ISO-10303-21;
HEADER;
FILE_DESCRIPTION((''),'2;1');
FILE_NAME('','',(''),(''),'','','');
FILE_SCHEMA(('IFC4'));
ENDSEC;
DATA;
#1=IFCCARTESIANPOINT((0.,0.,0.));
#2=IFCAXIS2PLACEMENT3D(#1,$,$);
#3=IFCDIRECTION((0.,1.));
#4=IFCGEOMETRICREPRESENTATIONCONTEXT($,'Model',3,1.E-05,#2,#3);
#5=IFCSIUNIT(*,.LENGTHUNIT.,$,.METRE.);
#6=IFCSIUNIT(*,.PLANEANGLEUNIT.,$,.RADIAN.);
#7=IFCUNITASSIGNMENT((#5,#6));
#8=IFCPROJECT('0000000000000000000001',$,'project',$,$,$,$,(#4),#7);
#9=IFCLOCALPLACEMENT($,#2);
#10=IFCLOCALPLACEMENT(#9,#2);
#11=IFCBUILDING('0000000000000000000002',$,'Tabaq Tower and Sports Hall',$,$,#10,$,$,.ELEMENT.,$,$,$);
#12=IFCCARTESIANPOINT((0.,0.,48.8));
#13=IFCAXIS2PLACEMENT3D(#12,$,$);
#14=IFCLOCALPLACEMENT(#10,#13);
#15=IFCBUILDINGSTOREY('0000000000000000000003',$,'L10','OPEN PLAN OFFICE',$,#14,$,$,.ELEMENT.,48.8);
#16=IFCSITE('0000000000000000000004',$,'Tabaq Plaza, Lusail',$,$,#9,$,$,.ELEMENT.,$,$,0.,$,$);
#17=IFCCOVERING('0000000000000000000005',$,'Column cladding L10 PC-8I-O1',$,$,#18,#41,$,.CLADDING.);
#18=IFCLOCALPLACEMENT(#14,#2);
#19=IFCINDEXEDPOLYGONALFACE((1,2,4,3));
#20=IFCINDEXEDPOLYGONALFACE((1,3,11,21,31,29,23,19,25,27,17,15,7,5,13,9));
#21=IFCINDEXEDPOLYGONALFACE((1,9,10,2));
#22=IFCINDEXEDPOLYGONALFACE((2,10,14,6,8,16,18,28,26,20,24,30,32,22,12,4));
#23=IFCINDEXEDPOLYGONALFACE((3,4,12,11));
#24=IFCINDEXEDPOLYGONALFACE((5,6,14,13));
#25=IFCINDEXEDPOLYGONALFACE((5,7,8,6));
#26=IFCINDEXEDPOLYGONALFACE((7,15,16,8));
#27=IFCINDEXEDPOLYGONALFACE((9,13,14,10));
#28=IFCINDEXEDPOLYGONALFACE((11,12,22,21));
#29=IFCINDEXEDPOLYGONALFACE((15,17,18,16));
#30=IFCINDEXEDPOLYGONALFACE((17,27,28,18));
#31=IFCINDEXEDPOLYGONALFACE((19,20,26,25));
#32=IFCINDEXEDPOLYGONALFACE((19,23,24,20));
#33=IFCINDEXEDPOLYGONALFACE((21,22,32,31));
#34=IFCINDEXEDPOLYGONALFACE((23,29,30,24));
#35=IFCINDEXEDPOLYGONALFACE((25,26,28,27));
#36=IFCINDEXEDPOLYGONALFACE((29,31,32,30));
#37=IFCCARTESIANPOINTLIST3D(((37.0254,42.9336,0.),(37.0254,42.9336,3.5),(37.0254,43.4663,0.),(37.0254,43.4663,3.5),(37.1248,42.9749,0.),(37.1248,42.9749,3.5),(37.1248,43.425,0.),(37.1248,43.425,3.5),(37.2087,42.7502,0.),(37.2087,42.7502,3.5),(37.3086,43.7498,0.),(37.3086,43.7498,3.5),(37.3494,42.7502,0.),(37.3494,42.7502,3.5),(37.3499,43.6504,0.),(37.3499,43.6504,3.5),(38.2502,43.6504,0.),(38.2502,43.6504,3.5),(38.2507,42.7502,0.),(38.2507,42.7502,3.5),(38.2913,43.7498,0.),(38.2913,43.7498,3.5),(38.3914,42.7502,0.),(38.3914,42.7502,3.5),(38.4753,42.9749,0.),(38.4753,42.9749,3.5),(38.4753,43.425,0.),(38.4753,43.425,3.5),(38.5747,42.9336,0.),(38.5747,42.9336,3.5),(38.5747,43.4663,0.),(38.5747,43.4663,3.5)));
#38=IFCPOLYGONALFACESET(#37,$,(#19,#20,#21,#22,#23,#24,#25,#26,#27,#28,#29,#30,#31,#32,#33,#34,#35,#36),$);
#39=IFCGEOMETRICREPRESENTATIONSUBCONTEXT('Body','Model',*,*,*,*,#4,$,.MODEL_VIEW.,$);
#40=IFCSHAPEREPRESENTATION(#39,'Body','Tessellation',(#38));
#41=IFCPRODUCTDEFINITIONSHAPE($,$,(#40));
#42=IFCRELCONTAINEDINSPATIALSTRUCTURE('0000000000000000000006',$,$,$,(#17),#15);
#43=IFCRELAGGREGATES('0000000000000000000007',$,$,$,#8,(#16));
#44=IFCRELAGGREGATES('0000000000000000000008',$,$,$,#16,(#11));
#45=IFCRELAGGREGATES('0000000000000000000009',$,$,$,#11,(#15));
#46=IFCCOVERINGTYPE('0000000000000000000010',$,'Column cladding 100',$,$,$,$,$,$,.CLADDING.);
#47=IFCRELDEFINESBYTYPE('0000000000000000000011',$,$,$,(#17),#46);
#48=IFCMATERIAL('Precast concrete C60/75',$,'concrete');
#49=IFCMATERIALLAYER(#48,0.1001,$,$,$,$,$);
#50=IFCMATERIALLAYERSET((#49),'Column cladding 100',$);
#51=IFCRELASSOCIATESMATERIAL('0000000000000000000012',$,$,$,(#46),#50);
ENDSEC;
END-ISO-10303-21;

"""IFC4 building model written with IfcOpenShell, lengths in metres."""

from ifc_helpers import new_model, si_unit, direction, frame, origin, place, context, subcontext, project, spatial, polyline, outline, extrude, material, layer, layer_set, type_object, element, save


model = new_model("IFC4")

# Units and contexts
model_context = context("Model", 3, precision=1e-05, world=origin(), true_north=direction((0.0, 1.0)))
body_context = subcontext(model_context, "Body", "Model", "MODEL_VIEW")
ifc_project = project(units=[si_unit("LENGTHUNIT", "METRE"), si_unit("PLANEANGLEUNIT", "RADIAN")], contexts=[model_context])

# Site, building, storey
site_placement = place(None, origin())
site = spatial("IfcSite", under=ifc_project, at=site_placement, Name="Tabaq Plaza, Lusail", CompositionType="ELEMENT", RefElevation=0.0)
building_placement = place(site_placement, origin())
building = spatial("IfcBuilding", under=site, at=building_placement, Name="Tabaq Tower and Sports Hall", CompositionType="ELEMENT")
storey_placement = place(building_placement, frame((0.0, 0.0, 48.8)))
storey = spatial("IfcBuildingStorey", under=building, at=storey_placement, Name="L10", Description="OPEN PLAN OFFICE", CompositionType="ELEMENT", Elevation=48.8)

# Covering
ifc_material_1 = material(Name="Precast concrete C60/75", Category="concrete")
ifc_layer_1 = layer(ifc_material_1, 0.1001)
ifc_layer_set_1 = layer_set([ifc_layer_1], Name="Column cladding 100")
covering_type = type_object("IfcCoveringType", Name="Column cladding 100", PredefinedType="CLADDING", material=ifc_layer_set_1)
covering_1_placement = place(storey_placement, origin())
element("IfcCovering", 1, at=covering_1_placement, inside=storey, type_object=covering_type, Name="Column cladding L10 PC-8I-O1", PredefinedType="CLADDING", context=body_context, shape_type="SweptSolid", body=[
    extrude(outline(polyline([(37.0254, 43.4663), (37.3086, 43.7498), (38.2913, 43.7498), (38.5747, 43.4663), (38.5747, 42.9336), (38.3914, 42.7502), (38.2507, 42.7502), (38.4753, 42.9749), (38.4753, 43.425), (38.2502, 43.6504), (37.3499, 43.6504), (37.1248, 43.425), (37.1248, 42.9749), (37.3494, 42.7502), (37.2087, 42.7502), (37.0254, 42.9336), (37.0254, 43.4663)])), origin(), (0.0, 0.0, 1.0), 3.5),
])

save(model, "model.ifc")
